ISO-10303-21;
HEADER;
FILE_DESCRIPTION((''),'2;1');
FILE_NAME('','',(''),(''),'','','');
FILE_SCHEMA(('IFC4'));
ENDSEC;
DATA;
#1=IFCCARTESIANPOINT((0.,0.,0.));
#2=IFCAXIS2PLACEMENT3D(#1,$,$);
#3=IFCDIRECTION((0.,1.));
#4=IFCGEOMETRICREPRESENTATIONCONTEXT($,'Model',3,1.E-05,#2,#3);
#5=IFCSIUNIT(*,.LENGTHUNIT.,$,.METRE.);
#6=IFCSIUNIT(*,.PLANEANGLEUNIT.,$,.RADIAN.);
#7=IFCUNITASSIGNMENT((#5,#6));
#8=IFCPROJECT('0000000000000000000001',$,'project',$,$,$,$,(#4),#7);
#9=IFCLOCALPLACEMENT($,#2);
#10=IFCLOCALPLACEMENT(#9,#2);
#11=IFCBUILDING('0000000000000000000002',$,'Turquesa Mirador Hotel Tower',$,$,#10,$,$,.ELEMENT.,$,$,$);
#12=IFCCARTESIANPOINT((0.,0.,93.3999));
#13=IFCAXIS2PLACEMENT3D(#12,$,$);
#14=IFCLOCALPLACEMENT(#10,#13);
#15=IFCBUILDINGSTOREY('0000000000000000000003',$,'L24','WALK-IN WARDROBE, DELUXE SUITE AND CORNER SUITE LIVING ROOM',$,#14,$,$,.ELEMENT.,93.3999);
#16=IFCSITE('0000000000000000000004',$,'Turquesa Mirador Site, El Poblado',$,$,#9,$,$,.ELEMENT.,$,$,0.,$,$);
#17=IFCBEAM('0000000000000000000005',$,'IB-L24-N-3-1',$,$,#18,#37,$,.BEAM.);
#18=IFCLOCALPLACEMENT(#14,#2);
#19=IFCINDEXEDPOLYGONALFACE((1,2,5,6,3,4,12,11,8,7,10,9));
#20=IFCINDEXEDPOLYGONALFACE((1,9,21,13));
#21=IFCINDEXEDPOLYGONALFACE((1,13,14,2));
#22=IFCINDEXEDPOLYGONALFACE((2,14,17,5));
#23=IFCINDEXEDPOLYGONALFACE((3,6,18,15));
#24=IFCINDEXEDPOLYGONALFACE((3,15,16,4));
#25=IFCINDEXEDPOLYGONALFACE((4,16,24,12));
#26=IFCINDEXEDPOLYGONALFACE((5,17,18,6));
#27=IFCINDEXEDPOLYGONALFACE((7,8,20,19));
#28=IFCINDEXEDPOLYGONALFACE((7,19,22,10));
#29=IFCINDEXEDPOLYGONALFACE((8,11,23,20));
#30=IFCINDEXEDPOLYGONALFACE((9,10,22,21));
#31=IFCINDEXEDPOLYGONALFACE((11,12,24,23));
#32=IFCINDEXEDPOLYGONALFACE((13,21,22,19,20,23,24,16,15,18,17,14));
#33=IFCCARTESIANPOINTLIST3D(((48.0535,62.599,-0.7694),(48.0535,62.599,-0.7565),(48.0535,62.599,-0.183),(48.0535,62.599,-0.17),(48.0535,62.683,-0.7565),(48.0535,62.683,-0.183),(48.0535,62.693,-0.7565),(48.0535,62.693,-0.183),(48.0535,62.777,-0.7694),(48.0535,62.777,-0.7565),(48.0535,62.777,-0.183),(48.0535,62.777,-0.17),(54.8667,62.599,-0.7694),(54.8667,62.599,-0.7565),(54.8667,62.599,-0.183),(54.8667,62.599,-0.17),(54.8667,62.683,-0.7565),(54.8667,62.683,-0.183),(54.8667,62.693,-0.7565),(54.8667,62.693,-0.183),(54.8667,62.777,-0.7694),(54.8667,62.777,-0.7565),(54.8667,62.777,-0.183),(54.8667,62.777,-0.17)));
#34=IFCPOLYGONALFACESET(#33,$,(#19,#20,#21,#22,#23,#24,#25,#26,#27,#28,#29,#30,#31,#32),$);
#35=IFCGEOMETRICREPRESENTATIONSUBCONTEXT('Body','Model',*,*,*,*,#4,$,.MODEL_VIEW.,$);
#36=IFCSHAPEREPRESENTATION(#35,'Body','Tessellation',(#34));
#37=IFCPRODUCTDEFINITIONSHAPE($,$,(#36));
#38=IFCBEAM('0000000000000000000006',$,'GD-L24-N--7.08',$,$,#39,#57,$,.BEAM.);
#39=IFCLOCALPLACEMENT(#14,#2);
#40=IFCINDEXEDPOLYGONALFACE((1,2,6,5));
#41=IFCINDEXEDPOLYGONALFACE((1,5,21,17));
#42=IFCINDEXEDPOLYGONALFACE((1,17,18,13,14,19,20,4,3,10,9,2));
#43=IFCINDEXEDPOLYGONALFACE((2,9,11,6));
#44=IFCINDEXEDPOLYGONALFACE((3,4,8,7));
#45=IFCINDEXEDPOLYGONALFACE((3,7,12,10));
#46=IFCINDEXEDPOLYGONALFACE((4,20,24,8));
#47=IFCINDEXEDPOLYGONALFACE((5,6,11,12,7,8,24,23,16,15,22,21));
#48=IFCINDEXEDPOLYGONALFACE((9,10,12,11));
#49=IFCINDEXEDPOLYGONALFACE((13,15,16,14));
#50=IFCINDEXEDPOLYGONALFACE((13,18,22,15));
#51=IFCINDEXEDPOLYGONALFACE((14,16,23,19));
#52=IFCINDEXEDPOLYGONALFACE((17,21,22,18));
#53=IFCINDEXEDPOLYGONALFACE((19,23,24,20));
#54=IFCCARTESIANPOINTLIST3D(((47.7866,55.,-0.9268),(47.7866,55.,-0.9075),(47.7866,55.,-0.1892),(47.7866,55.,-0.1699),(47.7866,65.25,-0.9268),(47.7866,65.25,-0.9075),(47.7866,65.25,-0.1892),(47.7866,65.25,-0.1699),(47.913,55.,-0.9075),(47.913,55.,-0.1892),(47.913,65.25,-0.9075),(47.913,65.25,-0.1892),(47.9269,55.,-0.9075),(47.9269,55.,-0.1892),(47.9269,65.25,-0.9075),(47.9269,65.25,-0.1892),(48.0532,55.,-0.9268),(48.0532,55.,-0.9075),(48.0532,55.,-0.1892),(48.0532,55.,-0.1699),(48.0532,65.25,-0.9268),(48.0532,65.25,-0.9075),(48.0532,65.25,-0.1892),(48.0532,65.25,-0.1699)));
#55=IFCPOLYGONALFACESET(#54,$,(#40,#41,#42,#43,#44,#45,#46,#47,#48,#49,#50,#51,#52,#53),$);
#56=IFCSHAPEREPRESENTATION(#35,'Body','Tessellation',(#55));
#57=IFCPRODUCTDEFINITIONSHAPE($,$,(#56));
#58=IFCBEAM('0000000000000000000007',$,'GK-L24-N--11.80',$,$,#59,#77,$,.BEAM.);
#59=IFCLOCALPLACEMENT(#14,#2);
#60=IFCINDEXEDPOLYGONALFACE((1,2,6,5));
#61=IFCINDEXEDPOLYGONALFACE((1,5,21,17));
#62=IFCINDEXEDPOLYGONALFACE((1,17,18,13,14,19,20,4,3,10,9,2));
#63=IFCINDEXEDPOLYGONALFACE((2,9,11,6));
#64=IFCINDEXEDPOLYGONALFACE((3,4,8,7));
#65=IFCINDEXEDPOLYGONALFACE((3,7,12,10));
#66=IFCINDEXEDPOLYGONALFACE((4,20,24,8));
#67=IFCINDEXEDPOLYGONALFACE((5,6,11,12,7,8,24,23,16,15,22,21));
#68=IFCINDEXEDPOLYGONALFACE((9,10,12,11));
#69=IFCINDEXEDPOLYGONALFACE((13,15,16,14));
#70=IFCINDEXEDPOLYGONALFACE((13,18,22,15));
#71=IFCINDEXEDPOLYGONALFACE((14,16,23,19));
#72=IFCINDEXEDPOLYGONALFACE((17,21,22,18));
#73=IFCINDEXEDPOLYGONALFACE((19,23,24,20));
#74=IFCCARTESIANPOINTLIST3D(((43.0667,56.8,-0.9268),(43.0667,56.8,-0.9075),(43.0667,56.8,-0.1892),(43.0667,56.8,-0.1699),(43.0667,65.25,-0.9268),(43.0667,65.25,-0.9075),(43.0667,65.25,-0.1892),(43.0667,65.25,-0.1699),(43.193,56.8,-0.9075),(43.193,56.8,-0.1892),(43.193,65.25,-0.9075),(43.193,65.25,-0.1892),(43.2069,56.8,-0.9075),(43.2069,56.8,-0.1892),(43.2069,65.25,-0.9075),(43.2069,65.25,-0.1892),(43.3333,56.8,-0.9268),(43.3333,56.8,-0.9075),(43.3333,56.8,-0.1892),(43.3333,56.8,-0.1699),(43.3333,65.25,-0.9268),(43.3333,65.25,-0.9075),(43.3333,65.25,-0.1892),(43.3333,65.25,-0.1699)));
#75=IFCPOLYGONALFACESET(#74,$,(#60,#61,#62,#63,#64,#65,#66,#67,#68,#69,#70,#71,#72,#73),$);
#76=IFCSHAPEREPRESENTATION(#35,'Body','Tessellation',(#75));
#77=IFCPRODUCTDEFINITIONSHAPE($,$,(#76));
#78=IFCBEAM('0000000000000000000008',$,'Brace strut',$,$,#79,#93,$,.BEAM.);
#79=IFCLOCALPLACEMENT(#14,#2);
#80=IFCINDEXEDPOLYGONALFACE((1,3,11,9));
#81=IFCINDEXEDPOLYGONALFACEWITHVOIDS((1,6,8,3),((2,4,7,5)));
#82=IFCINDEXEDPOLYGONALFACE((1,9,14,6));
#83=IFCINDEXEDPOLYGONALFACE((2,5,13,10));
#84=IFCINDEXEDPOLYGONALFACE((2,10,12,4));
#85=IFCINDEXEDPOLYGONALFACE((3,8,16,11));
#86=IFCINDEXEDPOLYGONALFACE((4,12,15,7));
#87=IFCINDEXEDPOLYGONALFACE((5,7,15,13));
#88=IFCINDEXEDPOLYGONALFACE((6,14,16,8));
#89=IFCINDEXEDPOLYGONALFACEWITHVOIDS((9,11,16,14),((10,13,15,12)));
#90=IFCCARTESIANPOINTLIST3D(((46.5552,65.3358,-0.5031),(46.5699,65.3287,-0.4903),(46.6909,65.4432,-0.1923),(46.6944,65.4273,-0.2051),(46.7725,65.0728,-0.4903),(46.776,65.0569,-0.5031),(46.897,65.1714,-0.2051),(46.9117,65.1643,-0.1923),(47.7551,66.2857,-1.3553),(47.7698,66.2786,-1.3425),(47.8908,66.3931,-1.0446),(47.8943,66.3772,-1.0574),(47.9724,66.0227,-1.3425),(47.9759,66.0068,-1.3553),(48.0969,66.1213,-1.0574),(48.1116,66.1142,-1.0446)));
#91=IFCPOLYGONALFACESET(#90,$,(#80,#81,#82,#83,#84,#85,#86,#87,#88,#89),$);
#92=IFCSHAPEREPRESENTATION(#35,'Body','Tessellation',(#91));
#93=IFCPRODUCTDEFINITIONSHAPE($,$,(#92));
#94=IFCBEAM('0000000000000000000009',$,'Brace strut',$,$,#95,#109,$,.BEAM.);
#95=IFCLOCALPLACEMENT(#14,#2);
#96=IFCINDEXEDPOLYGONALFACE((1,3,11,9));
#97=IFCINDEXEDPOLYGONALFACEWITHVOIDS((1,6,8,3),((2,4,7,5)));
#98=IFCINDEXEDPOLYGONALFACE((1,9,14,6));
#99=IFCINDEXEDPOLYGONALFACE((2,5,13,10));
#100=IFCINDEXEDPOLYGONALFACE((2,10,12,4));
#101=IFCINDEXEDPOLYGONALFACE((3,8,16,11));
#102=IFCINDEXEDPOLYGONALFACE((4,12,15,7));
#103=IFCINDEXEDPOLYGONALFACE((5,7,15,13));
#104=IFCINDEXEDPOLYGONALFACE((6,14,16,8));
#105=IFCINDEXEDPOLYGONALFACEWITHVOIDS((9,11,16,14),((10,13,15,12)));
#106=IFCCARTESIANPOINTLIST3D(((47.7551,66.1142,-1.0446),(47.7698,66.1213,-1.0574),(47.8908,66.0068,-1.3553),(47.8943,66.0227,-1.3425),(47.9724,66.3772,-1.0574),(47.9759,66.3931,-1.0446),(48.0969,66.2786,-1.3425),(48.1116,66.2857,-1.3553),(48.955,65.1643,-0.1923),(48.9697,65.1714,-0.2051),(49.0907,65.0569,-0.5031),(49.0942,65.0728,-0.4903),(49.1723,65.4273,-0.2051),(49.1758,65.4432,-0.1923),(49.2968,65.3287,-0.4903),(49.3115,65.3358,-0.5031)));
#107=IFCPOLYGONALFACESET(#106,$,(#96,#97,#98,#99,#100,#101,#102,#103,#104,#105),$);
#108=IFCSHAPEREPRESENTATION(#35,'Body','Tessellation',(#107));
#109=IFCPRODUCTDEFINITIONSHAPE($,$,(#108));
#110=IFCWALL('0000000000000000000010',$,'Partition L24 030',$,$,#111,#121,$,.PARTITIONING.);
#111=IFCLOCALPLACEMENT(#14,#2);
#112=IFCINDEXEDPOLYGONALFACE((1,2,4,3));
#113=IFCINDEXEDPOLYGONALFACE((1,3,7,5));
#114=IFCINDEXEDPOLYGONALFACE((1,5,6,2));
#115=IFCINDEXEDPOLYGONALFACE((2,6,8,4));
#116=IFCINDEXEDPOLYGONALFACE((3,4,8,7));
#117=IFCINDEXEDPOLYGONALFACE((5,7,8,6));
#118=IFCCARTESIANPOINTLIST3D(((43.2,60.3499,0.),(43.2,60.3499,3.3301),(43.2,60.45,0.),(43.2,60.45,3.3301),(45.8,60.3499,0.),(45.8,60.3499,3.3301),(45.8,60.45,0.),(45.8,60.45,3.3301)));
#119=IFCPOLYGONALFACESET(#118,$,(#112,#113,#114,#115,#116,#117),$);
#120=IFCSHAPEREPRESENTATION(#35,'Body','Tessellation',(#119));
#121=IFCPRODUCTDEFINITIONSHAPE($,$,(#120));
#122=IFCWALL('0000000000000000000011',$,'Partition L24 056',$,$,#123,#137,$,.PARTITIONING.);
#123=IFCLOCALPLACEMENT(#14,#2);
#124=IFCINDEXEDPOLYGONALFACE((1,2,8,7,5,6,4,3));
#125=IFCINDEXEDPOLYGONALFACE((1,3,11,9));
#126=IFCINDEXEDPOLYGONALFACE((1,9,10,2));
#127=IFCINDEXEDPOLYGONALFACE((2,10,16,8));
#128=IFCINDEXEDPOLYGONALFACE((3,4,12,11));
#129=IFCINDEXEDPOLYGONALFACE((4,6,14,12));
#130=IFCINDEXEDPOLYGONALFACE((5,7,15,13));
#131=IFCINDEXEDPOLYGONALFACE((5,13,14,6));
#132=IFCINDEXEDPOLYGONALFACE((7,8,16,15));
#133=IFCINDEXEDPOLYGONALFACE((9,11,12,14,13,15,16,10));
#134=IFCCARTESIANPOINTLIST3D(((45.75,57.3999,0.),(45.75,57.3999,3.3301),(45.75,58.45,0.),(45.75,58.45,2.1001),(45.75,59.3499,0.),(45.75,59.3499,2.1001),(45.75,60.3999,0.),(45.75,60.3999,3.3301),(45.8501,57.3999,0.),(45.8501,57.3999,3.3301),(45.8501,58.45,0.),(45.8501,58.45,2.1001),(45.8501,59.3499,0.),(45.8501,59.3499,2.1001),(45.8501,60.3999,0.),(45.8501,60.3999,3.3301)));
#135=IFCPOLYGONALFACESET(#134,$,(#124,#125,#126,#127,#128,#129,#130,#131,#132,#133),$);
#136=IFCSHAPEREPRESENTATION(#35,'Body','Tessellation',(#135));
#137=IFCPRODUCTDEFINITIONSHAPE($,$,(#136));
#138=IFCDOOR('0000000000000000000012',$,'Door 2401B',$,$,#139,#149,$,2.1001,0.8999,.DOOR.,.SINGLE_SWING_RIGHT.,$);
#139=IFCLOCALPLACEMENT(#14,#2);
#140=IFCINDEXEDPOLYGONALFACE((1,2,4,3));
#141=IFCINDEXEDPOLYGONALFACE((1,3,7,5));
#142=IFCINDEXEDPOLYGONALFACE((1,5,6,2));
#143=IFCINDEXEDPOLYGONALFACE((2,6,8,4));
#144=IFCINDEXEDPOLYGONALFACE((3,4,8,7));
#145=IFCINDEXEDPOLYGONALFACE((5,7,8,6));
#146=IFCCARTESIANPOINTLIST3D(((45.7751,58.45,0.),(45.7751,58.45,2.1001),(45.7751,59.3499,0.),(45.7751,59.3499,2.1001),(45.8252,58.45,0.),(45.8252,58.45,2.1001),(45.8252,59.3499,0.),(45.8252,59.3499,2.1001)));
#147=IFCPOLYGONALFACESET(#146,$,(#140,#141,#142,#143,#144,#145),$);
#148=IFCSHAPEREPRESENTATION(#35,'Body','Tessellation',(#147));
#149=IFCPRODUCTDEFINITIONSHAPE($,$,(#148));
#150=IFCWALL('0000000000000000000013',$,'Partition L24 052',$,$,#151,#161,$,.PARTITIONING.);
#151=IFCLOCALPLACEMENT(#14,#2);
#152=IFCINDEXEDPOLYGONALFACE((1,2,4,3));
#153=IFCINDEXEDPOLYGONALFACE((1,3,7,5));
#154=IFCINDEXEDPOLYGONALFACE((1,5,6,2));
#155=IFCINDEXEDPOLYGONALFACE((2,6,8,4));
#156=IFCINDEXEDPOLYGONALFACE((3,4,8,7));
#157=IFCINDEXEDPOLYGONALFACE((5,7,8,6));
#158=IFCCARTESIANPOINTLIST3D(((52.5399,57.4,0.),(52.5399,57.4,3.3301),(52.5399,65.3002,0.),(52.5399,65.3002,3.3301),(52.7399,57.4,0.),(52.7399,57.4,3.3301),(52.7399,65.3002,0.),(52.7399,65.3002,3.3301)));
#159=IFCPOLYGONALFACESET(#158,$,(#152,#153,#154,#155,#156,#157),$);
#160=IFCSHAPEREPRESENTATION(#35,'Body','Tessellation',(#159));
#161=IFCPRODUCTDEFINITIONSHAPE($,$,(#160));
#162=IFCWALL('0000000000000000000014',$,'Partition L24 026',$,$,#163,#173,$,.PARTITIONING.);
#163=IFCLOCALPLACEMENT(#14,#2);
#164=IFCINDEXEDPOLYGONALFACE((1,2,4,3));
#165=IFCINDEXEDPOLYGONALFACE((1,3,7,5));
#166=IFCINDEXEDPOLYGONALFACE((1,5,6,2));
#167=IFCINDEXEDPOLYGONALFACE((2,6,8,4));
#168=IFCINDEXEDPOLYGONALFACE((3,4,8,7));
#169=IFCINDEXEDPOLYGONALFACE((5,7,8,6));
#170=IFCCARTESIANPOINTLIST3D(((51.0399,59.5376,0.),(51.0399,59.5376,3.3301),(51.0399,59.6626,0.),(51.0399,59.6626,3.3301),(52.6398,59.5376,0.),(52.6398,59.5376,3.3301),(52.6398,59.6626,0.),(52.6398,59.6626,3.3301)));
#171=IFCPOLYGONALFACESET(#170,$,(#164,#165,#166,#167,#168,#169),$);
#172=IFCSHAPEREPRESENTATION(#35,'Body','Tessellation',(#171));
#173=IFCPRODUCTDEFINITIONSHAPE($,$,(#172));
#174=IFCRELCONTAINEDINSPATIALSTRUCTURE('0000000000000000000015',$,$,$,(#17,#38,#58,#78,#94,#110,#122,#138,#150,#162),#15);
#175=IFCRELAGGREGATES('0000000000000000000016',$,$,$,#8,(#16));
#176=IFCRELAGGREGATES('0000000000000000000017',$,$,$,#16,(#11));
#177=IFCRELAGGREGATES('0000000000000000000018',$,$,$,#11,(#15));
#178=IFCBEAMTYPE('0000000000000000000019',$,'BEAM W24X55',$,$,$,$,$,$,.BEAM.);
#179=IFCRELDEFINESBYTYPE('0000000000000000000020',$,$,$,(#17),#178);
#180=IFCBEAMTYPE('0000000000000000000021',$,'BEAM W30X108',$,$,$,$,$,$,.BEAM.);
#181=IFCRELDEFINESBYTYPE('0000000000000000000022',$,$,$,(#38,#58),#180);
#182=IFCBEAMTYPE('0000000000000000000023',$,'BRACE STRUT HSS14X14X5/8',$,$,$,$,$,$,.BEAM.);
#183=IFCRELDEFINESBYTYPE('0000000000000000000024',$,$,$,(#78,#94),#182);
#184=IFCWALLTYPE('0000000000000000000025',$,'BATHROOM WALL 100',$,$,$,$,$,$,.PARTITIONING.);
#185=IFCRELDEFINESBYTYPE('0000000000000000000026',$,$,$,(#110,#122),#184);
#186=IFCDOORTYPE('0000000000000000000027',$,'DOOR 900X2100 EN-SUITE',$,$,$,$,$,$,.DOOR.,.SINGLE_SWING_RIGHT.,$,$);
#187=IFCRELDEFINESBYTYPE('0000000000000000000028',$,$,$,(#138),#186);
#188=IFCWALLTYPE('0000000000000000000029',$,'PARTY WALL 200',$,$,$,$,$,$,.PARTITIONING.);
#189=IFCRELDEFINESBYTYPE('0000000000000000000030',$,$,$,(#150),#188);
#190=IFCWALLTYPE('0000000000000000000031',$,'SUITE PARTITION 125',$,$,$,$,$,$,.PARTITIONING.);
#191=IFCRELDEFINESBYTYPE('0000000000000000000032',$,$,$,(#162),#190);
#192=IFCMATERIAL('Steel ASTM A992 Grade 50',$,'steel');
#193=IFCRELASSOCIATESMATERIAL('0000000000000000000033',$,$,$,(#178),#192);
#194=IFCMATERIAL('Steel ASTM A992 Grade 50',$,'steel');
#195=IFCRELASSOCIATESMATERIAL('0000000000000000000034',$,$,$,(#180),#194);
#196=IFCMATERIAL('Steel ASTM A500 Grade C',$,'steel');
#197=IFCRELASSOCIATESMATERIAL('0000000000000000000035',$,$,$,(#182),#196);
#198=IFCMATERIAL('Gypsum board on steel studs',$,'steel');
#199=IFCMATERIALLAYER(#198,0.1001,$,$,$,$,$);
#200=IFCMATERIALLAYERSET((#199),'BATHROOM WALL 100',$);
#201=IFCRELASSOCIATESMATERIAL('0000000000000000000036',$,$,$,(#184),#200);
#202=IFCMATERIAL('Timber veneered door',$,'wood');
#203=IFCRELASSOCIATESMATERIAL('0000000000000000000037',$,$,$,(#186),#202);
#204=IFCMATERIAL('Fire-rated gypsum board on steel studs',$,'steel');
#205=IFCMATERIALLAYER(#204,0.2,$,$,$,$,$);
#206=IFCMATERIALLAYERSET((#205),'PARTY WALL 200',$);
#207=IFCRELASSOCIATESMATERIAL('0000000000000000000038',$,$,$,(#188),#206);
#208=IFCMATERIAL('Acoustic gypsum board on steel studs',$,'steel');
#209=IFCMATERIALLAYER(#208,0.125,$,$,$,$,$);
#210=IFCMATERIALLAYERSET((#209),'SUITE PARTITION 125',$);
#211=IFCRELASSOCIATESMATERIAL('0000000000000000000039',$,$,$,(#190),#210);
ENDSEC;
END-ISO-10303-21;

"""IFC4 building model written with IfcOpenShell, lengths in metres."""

from ifc_helpers import new_model, si_unit, direction, frame, frame_2d, origin, origin_2d, place, context, subcontext, project, spatial, rectangle, hollow_rectangle, i_section, extrude, material, layer, layer_set, material_profile, profile_set, type_object, element, fill, save


model = new_model("IFC4")

# Units and contexts
model_context = context("Model", 3, precision=1e-05, world=origin(), true_north=direction((0.0, 1.0)))
body_context = subcontext(model_context, "Body", "Model", "MODEL_VIEW")
ifc_project = project(units=[si_unit("LENGTHUNIT", "METRE"), si_unit("PLANEANGLEUNIT", "RADIAN")], contexts=[model_context])

# Site, building, storey
site_placement = place(None, origin())
site = spatial("IfcSite", under=ifc_project, at=site_placement, Name="Turquesa Mirador Site, El Poblado", CompositionType="ELEMENT", RefElevation=0.0)
building_placement = place(site_placement, origin())
building = spatial("IfcBuilding", under=site, at=building_placement, Name="Turquesa Mirador Hotel Tower", CompositionType="ELEMENT")
storey_placement = place(building_placement, frame((0.0, 0.0, 93.3999)))
storey = spatial("IfcBuildingStorey", under=building, at=storey_placement, Name="L24", Description="WALK-IN WARDROBE, DELUXE SUITE AND CORNER SUITE LIVING ROOM", CompositionType="ELEMENT", Elevation=93.3999)

# Beams
ifc_material_1 = material(Name="Steel ASTM A992 Grade 50", Category="steel")
ifc_material_profile_1 = material_profile(ifc_material_1, i_section(OverallWidth=0.178, OverallDepth=0.5994, WebThickness=0.01, FlangeThickness=0.0129, at=origin_2d()), Name="W24X55")
ifc_profile_set_1 = profile_set([ifc_material_profile_1], Name="Steel ASTM A992 Grade 50")
beam_type_1 = type_object("IfcBeamType", Name="BEAM W24X55", PredefinedType="BEAM", material=ifc_profile_set_1)
beam_1_placement = place(storey_placement, frame((48.0535, 62.688, -0.4697), z_axis=(1.0, 0.0, 0.0), x_axis=(0.0, 1.0, 0.0)))
element("IfcBeam", 1, at=beam_1_placement, inside=storey, type_object=beam_type_1, Name="IB-L24-N-3-1", PredefinedType="BEAM", context=body_context, shape_type="SweptSolid", body=[
    extrude(i_section(OverallWidth=0.178, OverallDepth=0.5994, WebThickness=0.01, FlangeThickness=0.0129, at=origin_2d()), origin(), (0.0, 0.0, 1.0), 6.8132),
])
ifc_material_2 = material(Name="Steel ASTM A992 Grade 50", Category="steel")
ifc_material_profile_2 = material_profile(ifc_material_2, i_section(OverallWidth=0.2666, OverallDepth=0.7568, WebThickness=0.0139, FlangeThickness=0.0193, at=origin_2d()), Name="W30X108")
ifc_profile_set_2 = profile_set([ifc_material_profile_2], Name="Steel ASTM A992 Grade 50")
beam_type_2 = type_object("IfcBeamType", Name="BEAM W30X108", PredefinedType="BEAM", material=ifc_profile_set_2)
beam_2_placement = place(storey_placement, frame((47.9199, 65.25, -0.5483), z_axis=(0.0, -1.0, 0.0), x_axis=(1.0, 0.0, 0.0)))
element("IfcBeam", 2, at=beam_2_placement, inside=storey, type_object=beam_type_2, Name="GD-L24-N--7.08", PredefinedType="BEAM", context=body_context, shape_type="SweptSolid", body=[
    extrude(i_section(OverallWidth=0.2666, OverallDepth=0.7568, WebThickness=0.0139, FlangeThickness=0.0193, at=origin_2d()), origin(), (0.0, 0.0, 1.0), 10.25),
])
beam_3_placement = place(storey_placement, frame((43.2, 65.25, -0.5483), z_axis=(0.0, -1.0, 0.0), x_axis=(1.0, 0.0, 0.0)))
element("IfcBeam", 3, at=beam_3_placement, inside=storey, type_object=beam_type_2, Name="GK-L24-N--11.80", PredefinedType="BEAM", context=body_context, shape_type="SweptSolid", body=[
    extrude(i_section(OverallWidth=0.2666, OverallDepth=0.7568, WebThickness=0.0139, FlangeThickness=0.0193, at=origin_2d()), origin(), (0.0, 0.0, 1.0), 8.45),
])
ifc_material_3 = material(Name="Steel ASTM A500 Grade C", Category="steel")
ifc_material_profile_3 = material_profile(ifc_material_3, hollow_rectangle(XDim=0.3557, YDim=0.3557, WallThickness=0.0146, at=origin_2d()), Name="HSS14X14X5/8")
ifc_profile_set_3 = profile_set([ifc_material_profile_3], Name="Steel ASTM A500 Grade C")
beam_type_3 = type_object("IfcBeamType", Name="BRACE STRUT HSS14X14X5/8", PredefinedType="BEAM", material=ifc_profile_set_3)
for number, where, z_axis, x_axis, name in (
    (4, (47.9333, 66.2, -1.2), (-0.684994, -0.542281, 0.486534), (0.620699, -0.784049, 0.0), "Brace strut"),
    (5, (47.9333, 66.2, -1.2), (0.684994, -0.542281, 0.486534), (0.620699, 0.784049, 0.0), "Brace strut"),
):
    element("IfcBeam", number, at=place(storey_placement, frame(where, z_axis=z_axis, x_axis=x_axis)), inside=storey, type_object=beam_type_3, Name=name, PredefinedType="BEAM", context=body_context, shape_type="SweptSolid", body=[
        extrude(hollow_rectangle(XDim=0.3557, YDim=0.3557, WallThickness=0.0146, at=origin_2d()), origin(), (0.0, 0.0, 1.0), 1.7517),
    ])

# Wall
ifc_material_4 = material(Name="Gypsum board on steel studs", Category="steel")
ifc_layer_1 = layer(ifc_material_4, 0.1001)
ifc_layer_set_1 = layer_set([ifc_layer_1], Name="BATHROOM WALL 100")
wall_type_1 = type_object("IfcWallType", Name="BATHROOM WALL 100", PredefinedType="PARTITIONING", material=ifc_layer_set_1)
wall_1_placement = place(storey_placement, frame((43.2, 60.3999, 0.0), z_axis=(0.0, 0.0, 1.0), x_axis=(1.0, 0.0, 0.0)))
element("IfcWall", 6, at=wall_1_placement, inside=storey, type_object=wall_type_1, Name="Partition L24 030", PredefinedType="PARTITIONING", context=body_context, shape_type="SweptSolid", body=[
    extrude(rectangle(XDim=2.6001, YDim=0.1001, at=frame_2d((1.3, 0.0))), origin(), (0.0, 0.0, 1.0), 3.3301),
])

# Wall, opening, door
wall_2_placement = place(storey_placement, frame((45.8, 57.3999, 0.0), z_axis=(0.0, 0.0, 1.0), x_axis=(0.0, 1.0, 0.0)))
wall_2 = element("IfcWall", 7, at=wall_2_placement, inside=storey, type_object=wall_type_1, Name="Partition L24 056", PredefinedType="PARTITIONING", context=body_context, shape_type="SweptSolid", body=[
    extrude(rectangle(XDim=3.0, YDim=0.1001, at=frame_2d((1.5, 0.0))), origin(), (0.0, 0.0, 1.0), 3.3301),
])
opening_1_placement = place(wall_2_placement, frame((1.05, 0.0, 0.0)))
opening_1 = element("IfcOpeningElement", 8, at=opening_1_placement, cuts=wall_2, PredefinedType="OPENING", context=body_context, shape_type="SweptSolid", body=[
    extrude(rectangle(XDim=0.8999, YDim=2.1001, at=frame_2d((0.45, 1.05))), frame((0.0, 0.0601, 0.0), z_axis=(0.0, -1.0, 0.0), x_axis=(1.0, 0.0, 0.0)), (0.0, 0.0, 1.0), 0.1201),
])
ifc_material_5 = material(Name="Timber veneered door", Category="wood")
door_type_1 = type_object("IfcDoorType", Name="DOOR 900X2100 EN-SUITE", OperationType="SINGLE_SWING_RIGHT", PredefinedType="DOOR", material=ifc_material_5)
door_1_placement = place(opening_1_placement, origin())
door_1 = element("IfcDoor", 9, at=door_1_placement, inside=storey, type_object=door_type_1, Name="Door 2401B", OperationType="SINGLE_SWING_RIGHT", OverallHeight=2.1001, OverallWidth=0.8999, PredefinedType="DOOR", context=body_context, shape_type="SweptSolid", body=[
    extrude(rectangle(XDim=0.8999, YDim=2.1001, at=frame_2d((0.45, 1.05))), frame((0.0, 0.0249, 0.0), z_axis=(0.0, -1.0, 0.0), x_axis=(1.0, 0.0, 0.0)), (0.0, 0.0, 1.0), 0.05),
])
fill(opening_1, door_1)

# Walls
ifc_material_6 = material(Name="Fire-rated gypsum board on steel studs", Category="steel")
ifc_layer_2 = layer(ifc_material_6, 0.2)
ifc_layer_set_2 = layer_set([ifc_layer_2], Name="PARTY WALL 200")
wall_type_2 = type_object("IfcWallType", Name="PARTY WALL 200", PredefinedType="PARTITIONING", material=ifc_layer_set_2)
wall_3_placement = place(storey_placement, frame((52.6399, 57.3999, 0.0), z_axis=(0.0, 0.0, 1.0), x_axis=(0.0, 1.0, 0.0)))
element("IfcWall", 10, at=wall_3_placement, inside=storey, type_object=wall_type_2, Name="Partition L24 052", PredefinedType="PARTITIONING", context=body_context, shape_type="SweptSolid", body=[
    extrude(rectangle(XDim=7.9001, YDim=0.2, at=frame_2d((3.9502, 0.0))), origin(), (0.0, 0.0, 1.0), 3.3301),
])
ifc_material_7 = material(Name="Acoustic gypsum board on steel studs", Category="steel")
ifc_layer_3 = layer(ifc_material_7, 0.125)
ifc_layer_set_3 = layer_set([ifc_layer_3], Name="SUITE PARTITION 125")
wall_type_3 = type_object("IfcWallType", Name="SUITE PARTITION 125", PredefinedType="PARTITIONING", material=ifc_layer_set_3)
wall_4_placement = place(storey_placement, frame((51.04, 59.6001, 0.0), z_axis=(0.0, 0.0, 1.0), x_axis=(1.0, 0.0, 0.0)))
element("IfcWall", 11, at=wall_4_placement, inside=storey, type_object=wall_type_3, Name="Partition L24 026", PredefinedType="PARTITIONING", context=body_context, shape_type="SweptSolid", body=[
    extrude(rectangle(XDim=1.5999, YDim=0.125, at=frame_2d((0.7998, 0.0))), origin(), (0.0, 0.0, 1.0), 3.3301),
])

save(model, "model.ifc")
